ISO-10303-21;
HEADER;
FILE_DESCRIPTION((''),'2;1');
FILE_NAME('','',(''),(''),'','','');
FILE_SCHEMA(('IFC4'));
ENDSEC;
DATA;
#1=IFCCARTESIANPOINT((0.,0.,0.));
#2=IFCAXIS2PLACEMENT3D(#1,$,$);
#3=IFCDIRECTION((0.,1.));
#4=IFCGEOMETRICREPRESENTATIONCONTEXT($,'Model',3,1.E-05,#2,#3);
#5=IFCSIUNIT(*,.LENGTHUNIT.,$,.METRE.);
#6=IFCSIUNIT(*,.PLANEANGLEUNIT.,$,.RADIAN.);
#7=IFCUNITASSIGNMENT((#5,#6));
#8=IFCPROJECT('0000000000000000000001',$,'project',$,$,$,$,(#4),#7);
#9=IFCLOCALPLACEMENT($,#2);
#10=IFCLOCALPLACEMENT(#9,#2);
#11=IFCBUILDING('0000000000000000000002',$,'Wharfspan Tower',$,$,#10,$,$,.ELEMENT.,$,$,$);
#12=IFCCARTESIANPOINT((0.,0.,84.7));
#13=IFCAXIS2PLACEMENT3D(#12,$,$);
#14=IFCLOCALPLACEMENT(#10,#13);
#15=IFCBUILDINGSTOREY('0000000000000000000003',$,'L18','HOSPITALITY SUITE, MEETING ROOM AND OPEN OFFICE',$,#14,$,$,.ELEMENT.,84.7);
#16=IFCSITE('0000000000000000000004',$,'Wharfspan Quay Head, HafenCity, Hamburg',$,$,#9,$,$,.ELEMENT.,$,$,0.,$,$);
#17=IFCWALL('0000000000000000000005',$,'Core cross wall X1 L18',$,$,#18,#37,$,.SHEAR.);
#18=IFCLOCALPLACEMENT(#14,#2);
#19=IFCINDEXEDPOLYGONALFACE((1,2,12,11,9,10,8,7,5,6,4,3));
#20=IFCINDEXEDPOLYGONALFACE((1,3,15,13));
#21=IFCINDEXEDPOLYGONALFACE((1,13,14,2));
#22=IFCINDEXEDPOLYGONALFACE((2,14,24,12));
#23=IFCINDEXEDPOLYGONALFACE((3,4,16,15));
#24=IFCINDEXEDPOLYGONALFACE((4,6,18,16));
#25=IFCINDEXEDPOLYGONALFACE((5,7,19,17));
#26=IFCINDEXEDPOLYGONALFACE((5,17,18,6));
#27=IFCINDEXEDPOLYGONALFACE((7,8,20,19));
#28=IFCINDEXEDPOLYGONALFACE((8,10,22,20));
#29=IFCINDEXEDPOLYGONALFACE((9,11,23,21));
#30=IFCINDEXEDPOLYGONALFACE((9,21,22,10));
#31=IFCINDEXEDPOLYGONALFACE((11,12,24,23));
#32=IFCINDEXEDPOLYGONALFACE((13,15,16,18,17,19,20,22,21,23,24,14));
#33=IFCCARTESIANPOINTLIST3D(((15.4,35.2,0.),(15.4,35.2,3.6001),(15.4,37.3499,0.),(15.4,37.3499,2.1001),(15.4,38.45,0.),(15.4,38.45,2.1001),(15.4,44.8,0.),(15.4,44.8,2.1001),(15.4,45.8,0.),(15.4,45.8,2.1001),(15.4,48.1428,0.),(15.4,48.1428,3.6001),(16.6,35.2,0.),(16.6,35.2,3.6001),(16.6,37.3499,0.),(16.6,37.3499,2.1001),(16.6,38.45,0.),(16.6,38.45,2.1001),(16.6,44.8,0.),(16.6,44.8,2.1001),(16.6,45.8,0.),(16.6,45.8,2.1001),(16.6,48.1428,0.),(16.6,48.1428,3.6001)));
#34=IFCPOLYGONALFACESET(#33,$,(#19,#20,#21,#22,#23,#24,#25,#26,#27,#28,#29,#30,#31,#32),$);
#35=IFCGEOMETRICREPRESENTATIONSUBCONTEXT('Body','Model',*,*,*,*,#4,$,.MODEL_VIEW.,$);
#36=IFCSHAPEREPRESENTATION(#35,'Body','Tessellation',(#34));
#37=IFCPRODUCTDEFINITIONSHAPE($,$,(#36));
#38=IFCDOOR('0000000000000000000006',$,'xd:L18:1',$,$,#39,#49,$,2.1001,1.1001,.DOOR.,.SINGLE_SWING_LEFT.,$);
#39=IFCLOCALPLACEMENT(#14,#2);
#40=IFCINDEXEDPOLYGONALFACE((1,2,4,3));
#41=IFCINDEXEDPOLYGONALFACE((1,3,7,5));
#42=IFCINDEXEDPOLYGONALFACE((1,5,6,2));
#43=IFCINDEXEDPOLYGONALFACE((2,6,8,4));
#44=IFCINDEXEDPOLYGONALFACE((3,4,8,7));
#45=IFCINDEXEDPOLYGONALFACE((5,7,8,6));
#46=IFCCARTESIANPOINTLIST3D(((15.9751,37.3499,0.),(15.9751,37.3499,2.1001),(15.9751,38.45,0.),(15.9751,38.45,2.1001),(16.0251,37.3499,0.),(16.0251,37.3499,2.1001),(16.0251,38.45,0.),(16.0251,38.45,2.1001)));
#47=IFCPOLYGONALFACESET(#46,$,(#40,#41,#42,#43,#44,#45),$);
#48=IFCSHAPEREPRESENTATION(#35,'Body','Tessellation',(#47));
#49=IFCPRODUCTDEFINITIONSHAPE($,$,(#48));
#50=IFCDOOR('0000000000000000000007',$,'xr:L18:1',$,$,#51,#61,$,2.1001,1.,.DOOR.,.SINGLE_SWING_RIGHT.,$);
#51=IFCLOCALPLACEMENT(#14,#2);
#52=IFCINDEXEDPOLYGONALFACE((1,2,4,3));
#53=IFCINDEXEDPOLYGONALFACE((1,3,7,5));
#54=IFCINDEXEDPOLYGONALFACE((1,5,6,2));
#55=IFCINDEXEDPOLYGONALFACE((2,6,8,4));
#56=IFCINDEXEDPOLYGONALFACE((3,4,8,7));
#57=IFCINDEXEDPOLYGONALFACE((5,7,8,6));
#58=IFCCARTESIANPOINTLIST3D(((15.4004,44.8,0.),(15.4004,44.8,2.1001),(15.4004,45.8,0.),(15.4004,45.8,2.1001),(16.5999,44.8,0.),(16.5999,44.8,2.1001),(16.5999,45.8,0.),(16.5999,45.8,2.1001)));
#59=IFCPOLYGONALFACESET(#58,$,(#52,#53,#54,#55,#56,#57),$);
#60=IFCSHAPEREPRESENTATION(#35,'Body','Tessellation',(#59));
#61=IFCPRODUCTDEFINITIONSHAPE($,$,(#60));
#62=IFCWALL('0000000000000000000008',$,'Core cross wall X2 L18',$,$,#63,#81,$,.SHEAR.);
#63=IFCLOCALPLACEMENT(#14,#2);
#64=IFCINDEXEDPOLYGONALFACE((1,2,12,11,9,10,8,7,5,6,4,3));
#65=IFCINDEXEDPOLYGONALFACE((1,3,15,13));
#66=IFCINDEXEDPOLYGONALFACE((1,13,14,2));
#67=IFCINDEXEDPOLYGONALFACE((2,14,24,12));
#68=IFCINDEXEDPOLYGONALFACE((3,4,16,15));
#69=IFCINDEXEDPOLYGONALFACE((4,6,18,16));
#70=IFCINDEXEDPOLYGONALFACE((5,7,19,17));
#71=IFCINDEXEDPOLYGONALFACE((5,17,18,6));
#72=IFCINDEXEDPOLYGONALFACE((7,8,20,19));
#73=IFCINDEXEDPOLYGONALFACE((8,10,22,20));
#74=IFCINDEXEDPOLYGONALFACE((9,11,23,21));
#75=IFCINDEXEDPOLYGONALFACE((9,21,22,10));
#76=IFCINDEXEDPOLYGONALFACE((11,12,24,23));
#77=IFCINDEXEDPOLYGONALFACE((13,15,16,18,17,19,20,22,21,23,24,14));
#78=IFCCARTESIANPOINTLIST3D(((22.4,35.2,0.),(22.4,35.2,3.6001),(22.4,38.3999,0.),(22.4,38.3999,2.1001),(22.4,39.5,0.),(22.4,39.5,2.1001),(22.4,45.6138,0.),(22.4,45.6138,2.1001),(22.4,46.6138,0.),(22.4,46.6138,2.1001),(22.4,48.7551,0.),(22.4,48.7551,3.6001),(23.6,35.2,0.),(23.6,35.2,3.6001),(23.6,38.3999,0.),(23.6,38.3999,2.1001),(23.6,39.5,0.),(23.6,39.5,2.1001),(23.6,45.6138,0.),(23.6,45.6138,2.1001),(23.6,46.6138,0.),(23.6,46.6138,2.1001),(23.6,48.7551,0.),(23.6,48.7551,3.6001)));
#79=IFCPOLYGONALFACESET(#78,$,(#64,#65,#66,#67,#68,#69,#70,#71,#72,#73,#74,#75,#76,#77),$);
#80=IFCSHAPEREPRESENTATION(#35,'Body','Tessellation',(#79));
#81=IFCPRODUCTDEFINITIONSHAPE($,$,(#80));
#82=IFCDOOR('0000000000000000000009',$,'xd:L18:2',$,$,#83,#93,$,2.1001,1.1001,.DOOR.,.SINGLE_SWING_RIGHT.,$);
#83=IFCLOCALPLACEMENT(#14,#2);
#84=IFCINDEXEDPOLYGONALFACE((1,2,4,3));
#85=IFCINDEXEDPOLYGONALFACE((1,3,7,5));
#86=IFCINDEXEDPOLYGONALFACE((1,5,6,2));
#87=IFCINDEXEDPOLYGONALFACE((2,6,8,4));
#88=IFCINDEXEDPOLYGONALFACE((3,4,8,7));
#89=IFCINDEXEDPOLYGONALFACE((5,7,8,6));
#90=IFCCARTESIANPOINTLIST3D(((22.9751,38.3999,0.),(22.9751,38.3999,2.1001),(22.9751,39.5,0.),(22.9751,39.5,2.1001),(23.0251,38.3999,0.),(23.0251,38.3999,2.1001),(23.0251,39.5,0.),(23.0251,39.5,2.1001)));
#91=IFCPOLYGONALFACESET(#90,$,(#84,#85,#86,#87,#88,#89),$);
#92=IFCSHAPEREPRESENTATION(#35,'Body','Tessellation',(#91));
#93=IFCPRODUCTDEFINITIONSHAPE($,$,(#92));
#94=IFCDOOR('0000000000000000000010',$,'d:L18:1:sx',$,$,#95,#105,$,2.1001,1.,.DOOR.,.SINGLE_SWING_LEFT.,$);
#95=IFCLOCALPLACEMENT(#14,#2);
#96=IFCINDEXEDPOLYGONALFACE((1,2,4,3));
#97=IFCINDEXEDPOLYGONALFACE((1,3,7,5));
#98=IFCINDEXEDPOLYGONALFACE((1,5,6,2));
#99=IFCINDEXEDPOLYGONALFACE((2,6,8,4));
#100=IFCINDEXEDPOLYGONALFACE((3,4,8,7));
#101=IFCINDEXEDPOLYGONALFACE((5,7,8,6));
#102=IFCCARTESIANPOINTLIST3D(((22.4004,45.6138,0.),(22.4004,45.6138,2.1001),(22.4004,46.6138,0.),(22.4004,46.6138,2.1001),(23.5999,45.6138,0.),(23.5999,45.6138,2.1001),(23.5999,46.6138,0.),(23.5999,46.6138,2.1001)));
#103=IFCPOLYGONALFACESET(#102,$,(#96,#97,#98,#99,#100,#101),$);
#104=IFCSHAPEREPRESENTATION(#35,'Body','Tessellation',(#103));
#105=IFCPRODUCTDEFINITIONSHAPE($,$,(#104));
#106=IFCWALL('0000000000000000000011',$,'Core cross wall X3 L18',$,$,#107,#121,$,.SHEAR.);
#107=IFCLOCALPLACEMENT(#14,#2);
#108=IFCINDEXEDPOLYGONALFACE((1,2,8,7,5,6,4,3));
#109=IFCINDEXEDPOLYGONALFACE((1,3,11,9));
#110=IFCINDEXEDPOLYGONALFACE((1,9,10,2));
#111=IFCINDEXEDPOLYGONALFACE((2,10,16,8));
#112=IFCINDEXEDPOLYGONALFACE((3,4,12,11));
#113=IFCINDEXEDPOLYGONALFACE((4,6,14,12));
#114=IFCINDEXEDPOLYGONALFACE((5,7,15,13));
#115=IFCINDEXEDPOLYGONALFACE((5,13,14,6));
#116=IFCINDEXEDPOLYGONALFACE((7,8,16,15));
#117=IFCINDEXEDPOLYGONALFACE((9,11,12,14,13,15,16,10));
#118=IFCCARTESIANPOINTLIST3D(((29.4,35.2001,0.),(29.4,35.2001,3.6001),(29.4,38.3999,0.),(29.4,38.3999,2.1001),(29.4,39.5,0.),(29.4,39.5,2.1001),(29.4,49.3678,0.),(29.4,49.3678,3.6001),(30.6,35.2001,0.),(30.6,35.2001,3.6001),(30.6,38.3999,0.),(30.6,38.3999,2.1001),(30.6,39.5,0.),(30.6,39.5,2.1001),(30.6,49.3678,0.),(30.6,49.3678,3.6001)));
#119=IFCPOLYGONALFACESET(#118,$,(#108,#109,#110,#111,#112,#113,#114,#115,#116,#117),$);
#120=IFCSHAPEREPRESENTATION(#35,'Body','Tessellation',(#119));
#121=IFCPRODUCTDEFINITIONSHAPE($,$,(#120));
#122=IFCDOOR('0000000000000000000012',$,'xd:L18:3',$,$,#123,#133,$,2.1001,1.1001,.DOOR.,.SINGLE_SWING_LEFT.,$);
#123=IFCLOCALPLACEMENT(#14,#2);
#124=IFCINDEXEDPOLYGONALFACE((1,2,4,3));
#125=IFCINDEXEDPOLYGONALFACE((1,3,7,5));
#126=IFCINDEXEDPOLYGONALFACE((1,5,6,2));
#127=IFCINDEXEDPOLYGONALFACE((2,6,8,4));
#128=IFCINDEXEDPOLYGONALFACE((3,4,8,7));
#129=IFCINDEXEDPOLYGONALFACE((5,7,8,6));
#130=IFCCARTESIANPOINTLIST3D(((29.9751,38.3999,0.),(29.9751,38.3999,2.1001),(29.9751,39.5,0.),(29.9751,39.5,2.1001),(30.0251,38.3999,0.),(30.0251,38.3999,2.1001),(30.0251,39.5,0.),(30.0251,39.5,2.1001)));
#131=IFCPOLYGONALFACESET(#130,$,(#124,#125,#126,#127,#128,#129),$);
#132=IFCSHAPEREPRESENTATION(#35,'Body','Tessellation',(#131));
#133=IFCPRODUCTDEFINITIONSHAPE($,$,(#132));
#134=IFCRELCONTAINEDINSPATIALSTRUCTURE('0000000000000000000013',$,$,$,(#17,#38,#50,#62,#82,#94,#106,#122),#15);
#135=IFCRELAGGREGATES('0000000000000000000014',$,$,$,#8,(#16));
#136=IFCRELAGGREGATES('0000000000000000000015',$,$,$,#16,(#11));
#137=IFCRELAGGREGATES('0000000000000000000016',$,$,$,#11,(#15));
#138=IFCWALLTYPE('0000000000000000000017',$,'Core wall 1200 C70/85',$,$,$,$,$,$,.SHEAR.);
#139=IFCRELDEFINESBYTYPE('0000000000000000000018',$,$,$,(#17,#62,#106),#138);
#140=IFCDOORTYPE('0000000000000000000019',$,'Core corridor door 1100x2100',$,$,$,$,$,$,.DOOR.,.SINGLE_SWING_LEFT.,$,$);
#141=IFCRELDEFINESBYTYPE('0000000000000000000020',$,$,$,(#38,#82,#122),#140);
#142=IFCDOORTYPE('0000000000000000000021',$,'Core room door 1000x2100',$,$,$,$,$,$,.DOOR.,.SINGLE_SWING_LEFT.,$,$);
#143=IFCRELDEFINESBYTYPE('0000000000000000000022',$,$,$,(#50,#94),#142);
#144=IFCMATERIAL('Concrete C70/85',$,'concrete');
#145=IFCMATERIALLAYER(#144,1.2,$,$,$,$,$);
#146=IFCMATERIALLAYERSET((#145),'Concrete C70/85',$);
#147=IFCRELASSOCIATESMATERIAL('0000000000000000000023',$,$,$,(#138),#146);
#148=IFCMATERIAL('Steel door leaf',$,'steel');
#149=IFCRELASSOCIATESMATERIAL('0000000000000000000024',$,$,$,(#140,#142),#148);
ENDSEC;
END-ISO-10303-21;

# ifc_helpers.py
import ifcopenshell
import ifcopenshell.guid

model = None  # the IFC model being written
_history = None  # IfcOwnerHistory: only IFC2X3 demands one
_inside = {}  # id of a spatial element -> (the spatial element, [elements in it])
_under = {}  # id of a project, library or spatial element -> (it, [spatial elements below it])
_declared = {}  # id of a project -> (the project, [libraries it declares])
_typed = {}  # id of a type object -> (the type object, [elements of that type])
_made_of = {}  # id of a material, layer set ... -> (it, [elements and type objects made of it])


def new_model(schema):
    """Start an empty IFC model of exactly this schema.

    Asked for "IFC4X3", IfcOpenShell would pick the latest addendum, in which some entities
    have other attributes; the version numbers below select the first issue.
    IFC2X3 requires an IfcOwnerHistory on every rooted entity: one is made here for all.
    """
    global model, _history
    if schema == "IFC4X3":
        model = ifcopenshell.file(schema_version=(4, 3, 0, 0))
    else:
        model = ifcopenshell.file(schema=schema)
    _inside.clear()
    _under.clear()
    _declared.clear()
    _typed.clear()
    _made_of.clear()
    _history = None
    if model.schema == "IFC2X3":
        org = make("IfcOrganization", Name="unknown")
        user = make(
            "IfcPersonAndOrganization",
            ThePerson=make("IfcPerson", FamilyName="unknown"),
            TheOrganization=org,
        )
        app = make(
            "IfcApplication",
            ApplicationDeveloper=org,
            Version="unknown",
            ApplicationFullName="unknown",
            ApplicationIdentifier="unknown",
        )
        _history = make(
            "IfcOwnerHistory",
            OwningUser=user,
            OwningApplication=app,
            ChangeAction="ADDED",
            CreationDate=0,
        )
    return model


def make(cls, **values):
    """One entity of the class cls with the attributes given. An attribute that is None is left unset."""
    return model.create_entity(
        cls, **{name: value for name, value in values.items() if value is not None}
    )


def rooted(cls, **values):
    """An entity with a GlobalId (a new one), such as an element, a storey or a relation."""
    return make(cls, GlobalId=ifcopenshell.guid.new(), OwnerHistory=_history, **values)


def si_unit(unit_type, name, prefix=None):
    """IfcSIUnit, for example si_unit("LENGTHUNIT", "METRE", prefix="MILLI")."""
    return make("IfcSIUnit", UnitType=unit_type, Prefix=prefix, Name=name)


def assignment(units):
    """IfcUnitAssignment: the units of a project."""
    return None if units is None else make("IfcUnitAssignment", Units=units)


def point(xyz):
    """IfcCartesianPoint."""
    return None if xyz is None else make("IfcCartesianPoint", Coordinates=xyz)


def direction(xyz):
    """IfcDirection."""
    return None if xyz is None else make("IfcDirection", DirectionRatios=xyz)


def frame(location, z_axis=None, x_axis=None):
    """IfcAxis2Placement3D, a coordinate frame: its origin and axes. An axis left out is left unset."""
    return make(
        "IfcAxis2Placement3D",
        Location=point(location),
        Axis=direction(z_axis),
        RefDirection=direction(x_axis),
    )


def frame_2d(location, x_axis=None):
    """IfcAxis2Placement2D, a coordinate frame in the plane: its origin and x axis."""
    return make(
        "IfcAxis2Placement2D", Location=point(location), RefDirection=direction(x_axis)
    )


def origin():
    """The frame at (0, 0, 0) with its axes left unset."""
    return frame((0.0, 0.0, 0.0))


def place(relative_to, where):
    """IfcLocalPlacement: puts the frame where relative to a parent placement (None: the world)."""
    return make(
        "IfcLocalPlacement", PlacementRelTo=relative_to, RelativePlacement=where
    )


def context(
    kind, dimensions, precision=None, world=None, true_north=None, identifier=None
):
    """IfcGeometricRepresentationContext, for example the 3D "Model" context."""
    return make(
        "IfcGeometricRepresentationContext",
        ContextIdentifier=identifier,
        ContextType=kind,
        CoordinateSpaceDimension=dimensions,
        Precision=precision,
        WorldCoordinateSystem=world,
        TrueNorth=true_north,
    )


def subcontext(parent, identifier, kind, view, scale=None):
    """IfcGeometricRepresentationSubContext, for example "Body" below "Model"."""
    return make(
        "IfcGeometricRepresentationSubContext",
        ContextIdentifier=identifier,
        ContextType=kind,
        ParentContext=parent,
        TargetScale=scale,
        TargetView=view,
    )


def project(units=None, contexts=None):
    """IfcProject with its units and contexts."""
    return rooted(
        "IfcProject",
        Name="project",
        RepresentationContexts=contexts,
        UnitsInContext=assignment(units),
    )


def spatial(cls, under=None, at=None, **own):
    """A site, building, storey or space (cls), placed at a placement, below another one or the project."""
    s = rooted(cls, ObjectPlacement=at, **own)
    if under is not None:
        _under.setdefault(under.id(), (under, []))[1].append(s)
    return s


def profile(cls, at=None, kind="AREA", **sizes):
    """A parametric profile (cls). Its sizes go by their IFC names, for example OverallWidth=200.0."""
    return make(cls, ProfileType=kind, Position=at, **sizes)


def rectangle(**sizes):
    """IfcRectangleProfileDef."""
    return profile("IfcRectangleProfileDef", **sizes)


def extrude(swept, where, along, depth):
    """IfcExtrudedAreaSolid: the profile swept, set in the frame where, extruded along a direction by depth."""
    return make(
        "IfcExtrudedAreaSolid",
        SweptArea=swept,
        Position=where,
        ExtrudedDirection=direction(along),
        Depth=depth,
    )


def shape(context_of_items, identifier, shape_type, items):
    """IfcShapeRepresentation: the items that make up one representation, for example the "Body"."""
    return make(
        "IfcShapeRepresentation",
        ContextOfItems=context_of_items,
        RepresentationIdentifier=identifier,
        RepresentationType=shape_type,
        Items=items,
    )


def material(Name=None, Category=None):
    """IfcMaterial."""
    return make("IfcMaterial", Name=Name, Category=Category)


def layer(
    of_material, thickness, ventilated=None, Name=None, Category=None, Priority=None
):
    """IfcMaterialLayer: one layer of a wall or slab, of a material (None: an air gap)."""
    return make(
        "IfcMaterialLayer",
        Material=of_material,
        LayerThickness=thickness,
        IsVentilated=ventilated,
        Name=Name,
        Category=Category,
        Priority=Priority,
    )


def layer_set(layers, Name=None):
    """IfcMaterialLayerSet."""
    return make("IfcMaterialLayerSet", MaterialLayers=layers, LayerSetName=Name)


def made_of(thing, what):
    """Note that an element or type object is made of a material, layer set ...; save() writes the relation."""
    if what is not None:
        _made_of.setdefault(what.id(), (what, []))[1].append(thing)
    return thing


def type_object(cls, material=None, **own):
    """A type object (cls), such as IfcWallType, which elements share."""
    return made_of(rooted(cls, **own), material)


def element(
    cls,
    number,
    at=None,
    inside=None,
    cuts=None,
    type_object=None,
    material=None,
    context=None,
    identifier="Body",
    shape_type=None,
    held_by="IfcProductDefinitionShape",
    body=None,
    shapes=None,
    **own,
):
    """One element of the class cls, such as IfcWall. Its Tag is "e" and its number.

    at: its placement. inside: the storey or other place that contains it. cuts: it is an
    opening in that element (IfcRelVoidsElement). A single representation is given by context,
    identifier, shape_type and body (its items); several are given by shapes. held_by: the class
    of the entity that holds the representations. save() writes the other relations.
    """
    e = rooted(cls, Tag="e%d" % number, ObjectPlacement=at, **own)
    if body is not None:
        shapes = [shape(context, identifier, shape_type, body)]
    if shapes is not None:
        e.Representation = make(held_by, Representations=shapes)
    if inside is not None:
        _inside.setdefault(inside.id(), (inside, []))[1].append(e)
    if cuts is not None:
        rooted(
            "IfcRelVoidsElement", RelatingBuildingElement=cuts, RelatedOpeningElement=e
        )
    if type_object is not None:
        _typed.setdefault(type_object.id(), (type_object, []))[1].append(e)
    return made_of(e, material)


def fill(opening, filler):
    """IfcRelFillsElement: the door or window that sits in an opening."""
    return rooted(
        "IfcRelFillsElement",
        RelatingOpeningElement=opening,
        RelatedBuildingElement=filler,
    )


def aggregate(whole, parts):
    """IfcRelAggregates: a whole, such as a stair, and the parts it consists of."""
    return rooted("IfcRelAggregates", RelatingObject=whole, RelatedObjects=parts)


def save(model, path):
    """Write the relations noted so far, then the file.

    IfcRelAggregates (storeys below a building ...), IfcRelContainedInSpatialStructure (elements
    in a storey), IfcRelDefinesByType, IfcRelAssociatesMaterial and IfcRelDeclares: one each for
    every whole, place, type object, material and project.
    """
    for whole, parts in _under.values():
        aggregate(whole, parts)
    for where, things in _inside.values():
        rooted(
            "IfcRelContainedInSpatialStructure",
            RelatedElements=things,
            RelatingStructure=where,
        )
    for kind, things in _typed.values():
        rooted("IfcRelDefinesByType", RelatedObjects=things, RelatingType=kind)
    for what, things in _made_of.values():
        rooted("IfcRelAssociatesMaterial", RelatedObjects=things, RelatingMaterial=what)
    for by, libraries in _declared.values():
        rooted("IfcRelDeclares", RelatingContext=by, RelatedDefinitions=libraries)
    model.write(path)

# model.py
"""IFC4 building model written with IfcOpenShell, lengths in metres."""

from ifc_helpers import new_model, si_unit, direction, frame, frame_2d, origin, place, context, subcontext, project, spatial, rectangle, extrude, material, layer, layer_set, type_object, element, fill, save


model = new_model("IFC4")

# Units and contexts
model_context = context("Model", 3, precision=1e-05, world=origin(), true_north=direction((0.0, 1.0)))
body_context = subcontext(model_context, "Body", "Model", "MODEL_VIEW")
ifc_project = project(units=[si_unit("LENGTHUNIT", "METRE"), si_unit("PLANEANGLEUNIT", "RADIAN")], contexts=[model_context])

# Site, building, storey
site_placement = place(None, origin())
site = spatial("IfcSite", under=ifc_project, at=site_placement, Name="Wharfspan Quay Head, HafenCity, Hamburg", CompositionType="ELEMENT", RefElevation=0.0)
building_placement = place(site_placement, origin())
building = spatial("IfcBuilding", under=site, at=building_placement, Name="Wharfspan Tower", CompositionType="ELEMENT")
storey_placement = place(building_placement, frame((0.0, 0.0, 84.7)))
storey = spatial("IfcBuildingStorey", under=building, at=storey_placement, Name="L18", Description="HOSPITALITY SUITE, MEETING ROOM AND OPEN OFFICE", CompositionType="ELEMENT", Elevation=84.7)

# Walls, openings, doors
ifc_material_1 = material(Name="Concrete C70/85", Category="concrete")
ifc_layer_1 = layer(ifc_material_1, 1.2)
ifc_layer_set_1 = layer_set([ifc_layer_1], Name="Concrete C70/85")
wall_type_1 = type_object("IfcWallType", Name="Core wall 1200 C70/85", PredefinedType="SHEAR", material=ifc_layer_set_1)
wall_1_placement = place(storey_placement, frame((16.0, 35.2, 0.0), z_axis=(0.0, 0.0, 1.0), x_axis=(0.0, 1.0, 0.0)))
wall_1 = element("IfcWall", 1, at=wall_1_placement, inside=storey, type_object=wall_type_1, Name="Core cross wall X1 L18", PredefinedType="SHEAR", context=body_context, shape_type="SweptSolid", body=[
    extrude(rectangle(XDim=12.9429, YDim=1.2, at=frame_2d((6.4714, 0.0))), origin(), (0.0, 0.0, 1.0), 3.6001),
])
opening_1_placement = place(wall_1_placement, frame((2.1499, 0.0, 0.0)))
opening_1 = element("IfcOpeningElement", 2, at=opening_1_placement, cuts=wall_1, PredefinedType="OPENING", context=body_context, shape_type="SweptSolid", body=[
    extrude(rectangle(XDim=1.1001, YDim=2.1001, at=frame_2d((0.55, 1.05))), frame((0.0, 0.6099, 0.0), z_axis=(0.0, -1.0, 0.0), x_axis=(1.0, 0.0, 0.0)), (0.0, 0.0, 1.0), 1.22),
])
opening_2_placement = place(wall_1_placement, frame((9.6001, 0.0, 0.0)))
opening_2 = element("IfcOpeningElement", 3, at=opening_2_placement, cuts=wall_1, PredefinedType="OPENING", context=body_context, shape_type="SweptSolid", body=[
    extrude(rectangle(XDim=1.0, YDim=2.1001, at=frame_2d((0.5, 1.05))), frame((0.0, 0.6099, 0.0), z_axis=(0.0, -1.0, 0.0), x_axis=(1.0, 0.0, 0.0)), (0.0, 0.0, 1.0), 1.22),
])
ifc_material_2 = material(Name="Steel door leaf", Category="steel")
door_type_1 = type_object("IfcDoorType", Name="Core corridor door 1100x2100", OperationType="SINGLE_SWING_LEFT", PredefinedType="DOOR", material=ifc_material_2)
door_1_placement = place(opening_1_placement, origin())
door_1 = element("IfcDoor", 4, at=door_1_placement, inside=storey, type_object=door_type_1, Name="xd:L18:1", OperationType="SINGLE_SWING_LEFT", OverallHeight=2.1001, OverallWidth=1.1001, PredefinedType="DOOR", context=body_context, shape_type="SweptSolid", body=[
    extrude(rectangle(XDim=1.1001, YDim=2.1001, at=frame_2d((0.55, 1.05))), frame((0.0, 0.0249, 0.0), z_axis=(0.0, -1.0, 0.0), x_axis=(1.0, 0.0, 0.0)), (0.0, 0.0, 1.0), 0.05),
])
fill(opening_1, door_1)
door_type_2 = type_object("IfcDoorType", Name="Core room door 1000x2100", OperationType="SINGLE_SWING_LEFT", PredefinedType="DOOR", material=ifc_material_2)
door_2_placement = place(opening_2_placement, origin())
door_2 = element("IfcDoor", 5, at=door_2_placement, inside=storey, type_object=door_type_2, Name="xr:L18:1", OperationType="SINGLE_SWING_RIGHT", OverallHeight=2.1001, OverallWidth=1.0, PredefinedType="DOOR", context=body_context, shape_type="SweptSolid", body=[
    extrude(rectangle(XDim=1.0, YDim=2.1001, at=frame_2d((0.5, 1.05))), frame((0.0, 0.5996, 0.0), z_axis=(0.0, -1.0, 0.0), x_axis=(1.0, 0.0, 0.0)), (0.0, 0.0, 1.0), 1.1995),
])
fill(opening_2, door_2)
wall_2_placement = place(storey_placement, frame((23.0, 35.2, 0.0), z_axis=(0.0, 0.0, 1.0), x_axis=(0.0, 1.0, 0.0)))
wall_2 = element("IfcWall", 6, at=wall_2_placement, inside=storey, type_object=wall_type_1, Name="Core cross wall X2 L18", PredefinedType="SHEAR", context=body_context, shape_type="SweptSolid", body=[
    extrude(rectangle(XDim=13.5552, YDim=1.2, at=frame_2d((6.7776, 0.0))), origin(), (0.0, 0.0, 1.0), 3.6001),
])
opening_3_placement = place(wall_2_placement, frame((10.4138, 0.0, 0.0)))
opening_3 = element("IfcOpeningElement", 7, at=opening_3_placement, cuts=wall_2, PredefinedType="OPENING", context=body_context, shape_type="SweptSolid", body=[
    extrude(rectangle(XDim=1.0, YDim=2.1001, at=frame_2d((0.5, 1.05))), frame((0.0, 0.6099, 0.0), z_axis=(0.0, -1.0, 0.0), x_axis=(1.0, 0.0, 0.0)), (0.0, 0.0, 1.0), 1.22),
])
opening_4_placement = place(wall_2_placement, frame((3.2, 0.0, 0.0)))
opening_4 = element("IfcOpeningElement", 8, at=opening_4_placement, cuts=wall_2, PredefinedType="OPENING", context=body_context, shape_type="SweptSolid", body=[
    extrude(rectangle(XDim=1.1001, YDim=2.1001, at=frame_2d((0.55, 1.05))), frame((0.0, 0.6099, 0.0), z_axis=(0.0, -1.0, 0.0), x_axis=(1.0, 0.0, 0.0)), (0.0, 0.0, 1.0), 1.22),
])
door_3_placement = place(opening_4_placement, origin())
door_3 = element("IfcDoor", 9, at=door_3_placement, inside=storey, type_object=door_type_1, Name="xd:L18:2", OperationType="SINGLE_SWING_RIGHT", OverallHeight=2.1001, OverallWidth=1.1001, PredefinedType="DOOR", context=body_context, shape_type="SweptSolid", body=[
    extrude(rectangle(XDim=1.1001, YDim=2.1001, at=frame_2d((0.55, 1.05))), frame((0.0, 0.0249, 0.0), z_axis=(0.0, -1.0, 0.0), x_axis=(1.0, 0.0, 0.0)), (0.0, 0.0, 1.0), 0.05),
])
fill(opening_4, door_3)
door_4_placement = place(opening_3_placement, origin())
door_4 = element("IfcDoor", 10, at=door_4_placement, inside=storey, type_object=door_type_2, Name="d:L18:1:sx", OperationType="SINGLE_SWING_LEFT", OverallHeight=2.1001, OverallWidth=1.0, PredefinedType="DOOR", context=body_context, shape_type="SweptSolid", body=[
    extrude(rectangle(XDim=1.0, YDim=2.1001, at=frame_2d((0.5, 1.05))), frame((0.0, 0.5996, 0.0), z_axis=(0.0, -1.0, 0.0), x_axis=(1.0, 0.0, 0.0)), (0.0, 0.0, 1.0), 1.1995),
])
fill(opening_3, door_4)

# Wall, opening, door
wall_3_placement = place(storey_placement, frame((30.0, 35.2, 0.0), z_axis=(0.0, 0.0, 1.0), x_axis=(0.0, 1.0, 0.0)))
wall_3 = element("IfcWall", 11, at=wall_3_placement, inside=storey, type_object=wall_type_1, Name="Core cross wall X3 L18", PredefinedType="SHEAR", context=body_context, shape_type="SweptSolid", body=[
    extrude(rectangle(XDim=14.1677, YDim=1.2, at=frame_2d((7.084, 0.0))), origin(), (0.0, 0.0, 1.0), 3.6001),
])
opening_5_placement = place(wall_3_placement, frame((3.2, 0.0, 0.0)))
opening_5 = element("IfcOpeningElement", 12, at=opening_5_placement, cuts=wall_3, PredefinedType="OPENING", context=body_context, shape_type="SweptSolid", body=[
    extrude(rectangle(XDim=1.1001, YDim=2.1001, at=frame_2d((0.55, 1.05))), frame((0.0, 0.6099, 0.0), z_axis=(0.0, -1.0, 0.0), x_axis=(1.0, 0.0, 0.0)), (0.0, 0.0, 1.0), 1.22),
])
door_5_placement = place(opening_5_placement, origin())
door_5 = element("IfcDoor", 13, at=door_5_placement, inside=storey, type_object=door_type_1, Name="xd:L18:3", OperationType="SINGLE_SWING_LEFT", OverallHeight=2.1001, OverallWidth=1.1001, PredefinedType="DOOR", context=body_context, shape_type="SweptSolid", body=[
    extrude(rectangle(XDim=1.1001, YDim=2.1001, at=frame_2d((0.55, 1.05))), frame((0.0, 0.0249, 0.0), z_axis=(0.0, -1.0, 0.0), x_axis=(1.0, 0.0, 0.0)), (0.0, 0.0, 1.0), 0.05),
])
fill(opening_5, door_5)

save(model, "model.ifc")
